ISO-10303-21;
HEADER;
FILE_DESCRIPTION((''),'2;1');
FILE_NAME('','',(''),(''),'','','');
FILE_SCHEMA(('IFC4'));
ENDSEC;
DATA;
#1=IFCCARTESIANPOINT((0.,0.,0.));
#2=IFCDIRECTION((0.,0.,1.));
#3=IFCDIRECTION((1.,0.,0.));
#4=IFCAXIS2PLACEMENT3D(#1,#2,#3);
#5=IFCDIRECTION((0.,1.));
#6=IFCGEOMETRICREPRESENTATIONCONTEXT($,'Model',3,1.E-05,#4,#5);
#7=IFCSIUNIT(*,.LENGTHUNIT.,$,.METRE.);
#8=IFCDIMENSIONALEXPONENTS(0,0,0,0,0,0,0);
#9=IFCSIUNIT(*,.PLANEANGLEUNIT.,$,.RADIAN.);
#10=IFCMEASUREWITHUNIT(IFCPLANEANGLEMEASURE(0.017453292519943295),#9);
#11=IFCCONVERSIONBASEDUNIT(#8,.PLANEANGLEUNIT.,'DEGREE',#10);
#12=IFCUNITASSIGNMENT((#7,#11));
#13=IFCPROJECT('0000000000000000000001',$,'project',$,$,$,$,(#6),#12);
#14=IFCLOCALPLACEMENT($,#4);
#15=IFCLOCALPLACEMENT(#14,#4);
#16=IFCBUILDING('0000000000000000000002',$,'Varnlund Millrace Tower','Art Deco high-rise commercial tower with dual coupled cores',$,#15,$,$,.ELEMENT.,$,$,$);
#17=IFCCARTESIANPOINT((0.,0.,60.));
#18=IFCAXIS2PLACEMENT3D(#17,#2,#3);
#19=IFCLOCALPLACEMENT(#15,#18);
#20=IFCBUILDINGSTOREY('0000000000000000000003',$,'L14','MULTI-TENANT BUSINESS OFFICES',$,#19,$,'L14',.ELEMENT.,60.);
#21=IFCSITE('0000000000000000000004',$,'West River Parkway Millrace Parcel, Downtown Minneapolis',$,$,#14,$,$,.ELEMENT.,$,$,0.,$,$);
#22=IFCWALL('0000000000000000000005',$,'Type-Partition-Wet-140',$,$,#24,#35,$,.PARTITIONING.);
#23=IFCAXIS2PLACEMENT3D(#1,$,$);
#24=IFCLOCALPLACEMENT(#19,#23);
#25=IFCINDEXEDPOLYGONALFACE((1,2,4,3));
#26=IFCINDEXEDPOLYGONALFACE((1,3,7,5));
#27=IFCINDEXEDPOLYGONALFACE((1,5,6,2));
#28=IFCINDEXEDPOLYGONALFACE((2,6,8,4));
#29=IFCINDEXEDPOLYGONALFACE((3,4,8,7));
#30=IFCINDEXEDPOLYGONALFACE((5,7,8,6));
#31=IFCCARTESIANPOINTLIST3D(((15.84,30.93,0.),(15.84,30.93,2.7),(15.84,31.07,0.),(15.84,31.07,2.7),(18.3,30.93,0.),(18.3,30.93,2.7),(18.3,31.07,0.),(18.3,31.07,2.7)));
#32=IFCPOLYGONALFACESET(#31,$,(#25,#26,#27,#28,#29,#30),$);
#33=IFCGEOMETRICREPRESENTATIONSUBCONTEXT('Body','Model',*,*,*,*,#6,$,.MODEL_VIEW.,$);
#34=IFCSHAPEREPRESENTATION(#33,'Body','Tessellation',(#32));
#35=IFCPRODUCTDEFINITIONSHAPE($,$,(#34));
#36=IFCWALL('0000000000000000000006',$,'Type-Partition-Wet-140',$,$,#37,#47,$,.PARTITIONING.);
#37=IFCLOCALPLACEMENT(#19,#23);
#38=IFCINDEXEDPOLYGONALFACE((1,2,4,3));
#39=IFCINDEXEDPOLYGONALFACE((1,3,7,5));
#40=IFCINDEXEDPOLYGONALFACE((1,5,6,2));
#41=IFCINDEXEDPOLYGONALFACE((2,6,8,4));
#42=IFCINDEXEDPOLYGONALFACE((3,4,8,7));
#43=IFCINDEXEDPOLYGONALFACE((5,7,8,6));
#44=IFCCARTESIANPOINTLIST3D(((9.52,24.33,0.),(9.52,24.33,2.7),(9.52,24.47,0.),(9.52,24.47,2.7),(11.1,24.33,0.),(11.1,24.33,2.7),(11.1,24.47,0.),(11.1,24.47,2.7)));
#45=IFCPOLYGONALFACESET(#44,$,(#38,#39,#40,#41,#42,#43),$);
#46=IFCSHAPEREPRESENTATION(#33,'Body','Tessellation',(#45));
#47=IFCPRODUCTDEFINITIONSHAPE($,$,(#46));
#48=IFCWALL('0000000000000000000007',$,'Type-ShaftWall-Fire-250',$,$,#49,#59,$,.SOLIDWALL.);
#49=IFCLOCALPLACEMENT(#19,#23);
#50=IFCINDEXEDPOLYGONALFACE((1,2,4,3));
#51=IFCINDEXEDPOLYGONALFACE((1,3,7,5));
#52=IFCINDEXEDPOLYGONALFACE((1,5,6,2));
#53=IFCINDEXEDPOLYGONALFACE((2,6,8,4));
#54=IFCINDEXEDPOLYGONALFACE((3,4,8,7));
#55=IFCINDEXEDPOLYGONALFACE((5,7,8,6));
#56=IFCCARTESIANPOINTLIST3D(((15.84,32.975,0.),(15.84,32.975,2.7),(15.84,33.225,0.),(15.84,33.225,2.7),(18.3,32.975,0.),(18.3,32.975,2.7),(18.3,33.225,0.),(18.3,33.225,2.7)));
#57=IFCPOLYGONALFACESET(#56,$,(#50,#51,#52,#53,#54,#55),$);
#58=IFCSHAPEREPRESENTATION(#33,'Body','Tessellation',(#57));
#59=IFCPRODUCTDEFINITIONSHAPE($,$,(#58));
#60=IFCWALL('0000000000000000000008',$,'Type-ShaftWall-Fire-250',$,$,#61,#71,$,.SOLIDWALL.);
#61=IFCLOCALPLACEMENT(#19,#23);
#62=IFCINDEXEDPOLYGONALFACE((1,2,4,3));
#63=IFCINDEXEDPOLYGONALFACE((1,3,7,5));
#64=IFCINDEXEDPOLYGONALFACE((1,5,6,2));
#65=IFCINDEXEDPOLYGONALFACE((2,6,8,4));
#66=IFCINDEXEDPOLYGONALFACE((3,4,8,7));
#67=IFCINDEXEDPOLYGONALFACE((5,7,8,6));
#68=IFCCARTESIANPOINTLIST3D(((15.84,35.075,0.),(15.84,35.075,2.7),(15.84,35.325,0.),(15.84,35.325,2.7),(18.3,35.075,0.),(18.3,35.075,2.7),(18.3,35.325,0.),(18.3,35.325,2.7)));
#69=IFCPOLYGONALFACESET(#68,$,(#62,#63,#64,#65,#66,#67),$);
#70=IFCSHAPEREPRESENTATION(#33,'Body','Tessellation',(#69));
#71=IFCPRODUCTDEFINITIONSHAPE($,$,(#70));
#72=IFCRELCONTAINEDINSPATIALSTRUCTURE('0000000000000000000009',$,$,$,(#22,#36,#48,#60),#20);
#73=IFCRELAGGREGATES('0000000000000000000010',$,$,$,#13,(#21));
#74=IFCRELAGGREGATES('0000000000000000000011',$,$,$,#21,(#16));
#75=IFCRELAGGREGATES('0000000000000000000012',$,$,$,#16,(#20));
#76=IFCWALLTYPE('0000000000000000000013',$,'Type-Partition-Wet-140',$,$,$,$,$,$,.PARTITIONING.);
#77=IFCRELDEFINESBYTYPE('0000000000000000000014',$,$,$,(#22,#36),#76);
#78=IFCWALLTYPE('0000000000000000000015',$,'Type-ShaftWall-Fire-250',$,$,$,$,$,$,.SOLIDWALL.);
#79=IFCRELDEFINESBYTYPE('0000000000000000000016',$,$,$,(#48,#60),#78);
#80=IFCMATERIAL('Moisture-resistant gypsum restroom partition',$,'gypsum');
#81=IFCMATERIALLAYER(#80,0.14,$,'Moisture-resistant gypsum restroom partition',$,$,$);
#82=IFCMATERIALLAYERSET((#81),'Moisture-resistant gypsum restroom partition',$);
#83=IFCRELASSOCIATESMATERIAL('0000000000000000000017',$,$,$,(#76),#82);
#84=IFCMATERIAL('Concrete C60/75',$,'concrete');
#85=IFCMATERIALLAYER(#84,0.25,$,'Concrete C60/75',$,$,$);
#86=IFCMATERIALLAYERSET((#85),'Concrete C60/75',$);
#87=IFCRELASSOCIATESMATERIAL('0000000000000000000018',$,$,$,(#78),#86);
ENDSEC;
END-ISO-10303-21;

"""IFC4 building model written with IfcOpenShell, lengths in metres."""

from ifc_helpers import new_model, entity, si_unit, converted_unit, direction, frame, origin_with_axes, place, context, subcontext, project, spatial, polyline, outline, extrude, material, layer, layer_set, type_object, element, save


model = new_model("IFC4")

# Units and contexts
model_context = context("Model", 3, precision=1e-05, world=origin_with_axes(), true_north=direction((0.0, 1.0)))
body_context = subcontext(model_context, "Body", "Model", "MODEL_VIEW")
ifc_project = project(units=[si_unit("LENGTHUNIT", "METRE"), converted_unit("PLANEANGLEUNIT", "DEGREE", entity("IfcPlaneAngleMeasure", 0.017453292519943295), si_unit("PLANEANGLEUNIT", "RADIAN"), dimensions=[0, 0, 0, 0, 0, 0, 0])], contexts=[model_context])

# Site, building, storey
site_placement = place(None, origin_with_axes())
site = spatial("IfcSite", under=ifc_project, at=site_placement, Name="West River Parkway Millrace Parcel, Downtown Minneapolis", CompositionType="ELEMENT", RefElevation=0.0)
building_placement = place(site_placement, origin_with_axes())
building = spatial("IfcBuilding", under=site, at=building_placement, Name="Varnlund Millrace Tower", Description="Art Deco high-rise commercial tower with dual coupled cores", CompositionType="ELEMENT")
storey_placement = place(building_placement, frame((0.0, 0.0, 60.0), z_axis=(0.0, 0.0, 1.0), x_axis=(1.0, 0.0, 0.0)))
storey = spatial("IfcBuildingStorey", under=building, at=storey_placement, Name="L14", Description="MULTI-TENANT BUSINESS OFFICES", LongName="L14", CompositionType="ELEMENT", Elevation=60.0)

# Walls
ifc_material_1 = material(Name="Moisture-resistant gypsum restroom partition", Category="gypsum")
ifc_layer_1 = layer(ifc_material_1, 0.14, Name="Moisture-resistant gypsum restroom partition")
ifc_layer_set_1 = layer_set([ifc_layer_1], Name="Moisture-resistant gypsum restroom partition")
wall_type_1 = type_object("IfcWallType", Name="Type-Partition-Wet-140", PredefinedType="PARTITIONING", material=ifc_layer_set_1)
wall_1_placement = place(storey_placement, frame((15.84, 31.0, 0.0), z_axis=(0.0, 0.0, 1.0), x_axis=(1.0, 0.0, 0.0)))
element("IfcWall", 1, at=wall_1_placement, inside=storey, type_object=wall_type_1, Name="Type-Partition-Wet-140", PredefinedType="PARTITIONING", context=body_context, shape_type="SweptSolid", body=[
    extrude(outline(polyline([(0.0, -0.07), (2.46, -0.07), (2.46, 0.07), (0.0, 0.07), (0.0, -0.07)])), origin_with_axes(), (0.0, 0.0, 1.0), 2.7),
])
wall_2_placement = place(storey_placement, frame((9.52, 24.4, 0.0), z_axis=(0.0, 0.0, 1.0), x_axis=(1.0, 0.0, 0.0)))
element("IfcWall", 2, at=wall_2_placement, inside=storey, type_object=wall_type_1, Name="Type-Partition-Wet-140", PredefinedType="PARTITIONING", context=body_context, shape_type="SweptSolid", body=[
    extrude(outline(polyline([(0.0, -0.07), (1.58, -0.07), (1.58, 0.07), (0.0, 0.07), (0.0, -0.07)])), origin_with_axes(), (0.0, 0.0, 1.0), 2.7),
])
ifc_material_2 = material(Name="Concrete C60/75", Category="concrete")
ifc_layer_2 = layer(ifc_material_2, 0.25, Name="Concrete C60/75")
ifc_layer_set_2 = layer_set([ifc_layer_2], Name="Concrete C60/75")
wall_type_2 = type_object("IfcWallType", Name="Type-ShaftWall-Fire-250", PredefinedType="SOLIDWALL", material=ifc_layer_set_2)
for number, where, z_axis, x_axis, name in (
    (3, (15.84, 33.1, 0.0), (0.0, 0.0, 1.0), (1.0, 0.0, 0.0), "Type-ShaftWall-Fire-250"),
    (4, (15.84, 35.2, 0.0), (0.0, 0.0, 1.0), (1.0, 0.0, 0.0), "Type-ShaftWall-Fire-250"),
):
    element("IfcWall", number, at=place(storey_placement, frame(where, z_axis=z_axis, x_axis=x_axis)), inside=storey, type_object=wall_type_2, Name=name, PredefinedType="SOLIDWALL", context=body_context, shape_type="SweptSolid", body=[
        extrude(outline(polyline([(0.0, -0.125), (2.46, -0.125), (2.46, 0.125), (0.0, 0.125), (0.0, -0.125)])), origin_with_axes(), (0.0, 0.0, 1.0), 2.7),
    ])

save(model, "model.ifc")
